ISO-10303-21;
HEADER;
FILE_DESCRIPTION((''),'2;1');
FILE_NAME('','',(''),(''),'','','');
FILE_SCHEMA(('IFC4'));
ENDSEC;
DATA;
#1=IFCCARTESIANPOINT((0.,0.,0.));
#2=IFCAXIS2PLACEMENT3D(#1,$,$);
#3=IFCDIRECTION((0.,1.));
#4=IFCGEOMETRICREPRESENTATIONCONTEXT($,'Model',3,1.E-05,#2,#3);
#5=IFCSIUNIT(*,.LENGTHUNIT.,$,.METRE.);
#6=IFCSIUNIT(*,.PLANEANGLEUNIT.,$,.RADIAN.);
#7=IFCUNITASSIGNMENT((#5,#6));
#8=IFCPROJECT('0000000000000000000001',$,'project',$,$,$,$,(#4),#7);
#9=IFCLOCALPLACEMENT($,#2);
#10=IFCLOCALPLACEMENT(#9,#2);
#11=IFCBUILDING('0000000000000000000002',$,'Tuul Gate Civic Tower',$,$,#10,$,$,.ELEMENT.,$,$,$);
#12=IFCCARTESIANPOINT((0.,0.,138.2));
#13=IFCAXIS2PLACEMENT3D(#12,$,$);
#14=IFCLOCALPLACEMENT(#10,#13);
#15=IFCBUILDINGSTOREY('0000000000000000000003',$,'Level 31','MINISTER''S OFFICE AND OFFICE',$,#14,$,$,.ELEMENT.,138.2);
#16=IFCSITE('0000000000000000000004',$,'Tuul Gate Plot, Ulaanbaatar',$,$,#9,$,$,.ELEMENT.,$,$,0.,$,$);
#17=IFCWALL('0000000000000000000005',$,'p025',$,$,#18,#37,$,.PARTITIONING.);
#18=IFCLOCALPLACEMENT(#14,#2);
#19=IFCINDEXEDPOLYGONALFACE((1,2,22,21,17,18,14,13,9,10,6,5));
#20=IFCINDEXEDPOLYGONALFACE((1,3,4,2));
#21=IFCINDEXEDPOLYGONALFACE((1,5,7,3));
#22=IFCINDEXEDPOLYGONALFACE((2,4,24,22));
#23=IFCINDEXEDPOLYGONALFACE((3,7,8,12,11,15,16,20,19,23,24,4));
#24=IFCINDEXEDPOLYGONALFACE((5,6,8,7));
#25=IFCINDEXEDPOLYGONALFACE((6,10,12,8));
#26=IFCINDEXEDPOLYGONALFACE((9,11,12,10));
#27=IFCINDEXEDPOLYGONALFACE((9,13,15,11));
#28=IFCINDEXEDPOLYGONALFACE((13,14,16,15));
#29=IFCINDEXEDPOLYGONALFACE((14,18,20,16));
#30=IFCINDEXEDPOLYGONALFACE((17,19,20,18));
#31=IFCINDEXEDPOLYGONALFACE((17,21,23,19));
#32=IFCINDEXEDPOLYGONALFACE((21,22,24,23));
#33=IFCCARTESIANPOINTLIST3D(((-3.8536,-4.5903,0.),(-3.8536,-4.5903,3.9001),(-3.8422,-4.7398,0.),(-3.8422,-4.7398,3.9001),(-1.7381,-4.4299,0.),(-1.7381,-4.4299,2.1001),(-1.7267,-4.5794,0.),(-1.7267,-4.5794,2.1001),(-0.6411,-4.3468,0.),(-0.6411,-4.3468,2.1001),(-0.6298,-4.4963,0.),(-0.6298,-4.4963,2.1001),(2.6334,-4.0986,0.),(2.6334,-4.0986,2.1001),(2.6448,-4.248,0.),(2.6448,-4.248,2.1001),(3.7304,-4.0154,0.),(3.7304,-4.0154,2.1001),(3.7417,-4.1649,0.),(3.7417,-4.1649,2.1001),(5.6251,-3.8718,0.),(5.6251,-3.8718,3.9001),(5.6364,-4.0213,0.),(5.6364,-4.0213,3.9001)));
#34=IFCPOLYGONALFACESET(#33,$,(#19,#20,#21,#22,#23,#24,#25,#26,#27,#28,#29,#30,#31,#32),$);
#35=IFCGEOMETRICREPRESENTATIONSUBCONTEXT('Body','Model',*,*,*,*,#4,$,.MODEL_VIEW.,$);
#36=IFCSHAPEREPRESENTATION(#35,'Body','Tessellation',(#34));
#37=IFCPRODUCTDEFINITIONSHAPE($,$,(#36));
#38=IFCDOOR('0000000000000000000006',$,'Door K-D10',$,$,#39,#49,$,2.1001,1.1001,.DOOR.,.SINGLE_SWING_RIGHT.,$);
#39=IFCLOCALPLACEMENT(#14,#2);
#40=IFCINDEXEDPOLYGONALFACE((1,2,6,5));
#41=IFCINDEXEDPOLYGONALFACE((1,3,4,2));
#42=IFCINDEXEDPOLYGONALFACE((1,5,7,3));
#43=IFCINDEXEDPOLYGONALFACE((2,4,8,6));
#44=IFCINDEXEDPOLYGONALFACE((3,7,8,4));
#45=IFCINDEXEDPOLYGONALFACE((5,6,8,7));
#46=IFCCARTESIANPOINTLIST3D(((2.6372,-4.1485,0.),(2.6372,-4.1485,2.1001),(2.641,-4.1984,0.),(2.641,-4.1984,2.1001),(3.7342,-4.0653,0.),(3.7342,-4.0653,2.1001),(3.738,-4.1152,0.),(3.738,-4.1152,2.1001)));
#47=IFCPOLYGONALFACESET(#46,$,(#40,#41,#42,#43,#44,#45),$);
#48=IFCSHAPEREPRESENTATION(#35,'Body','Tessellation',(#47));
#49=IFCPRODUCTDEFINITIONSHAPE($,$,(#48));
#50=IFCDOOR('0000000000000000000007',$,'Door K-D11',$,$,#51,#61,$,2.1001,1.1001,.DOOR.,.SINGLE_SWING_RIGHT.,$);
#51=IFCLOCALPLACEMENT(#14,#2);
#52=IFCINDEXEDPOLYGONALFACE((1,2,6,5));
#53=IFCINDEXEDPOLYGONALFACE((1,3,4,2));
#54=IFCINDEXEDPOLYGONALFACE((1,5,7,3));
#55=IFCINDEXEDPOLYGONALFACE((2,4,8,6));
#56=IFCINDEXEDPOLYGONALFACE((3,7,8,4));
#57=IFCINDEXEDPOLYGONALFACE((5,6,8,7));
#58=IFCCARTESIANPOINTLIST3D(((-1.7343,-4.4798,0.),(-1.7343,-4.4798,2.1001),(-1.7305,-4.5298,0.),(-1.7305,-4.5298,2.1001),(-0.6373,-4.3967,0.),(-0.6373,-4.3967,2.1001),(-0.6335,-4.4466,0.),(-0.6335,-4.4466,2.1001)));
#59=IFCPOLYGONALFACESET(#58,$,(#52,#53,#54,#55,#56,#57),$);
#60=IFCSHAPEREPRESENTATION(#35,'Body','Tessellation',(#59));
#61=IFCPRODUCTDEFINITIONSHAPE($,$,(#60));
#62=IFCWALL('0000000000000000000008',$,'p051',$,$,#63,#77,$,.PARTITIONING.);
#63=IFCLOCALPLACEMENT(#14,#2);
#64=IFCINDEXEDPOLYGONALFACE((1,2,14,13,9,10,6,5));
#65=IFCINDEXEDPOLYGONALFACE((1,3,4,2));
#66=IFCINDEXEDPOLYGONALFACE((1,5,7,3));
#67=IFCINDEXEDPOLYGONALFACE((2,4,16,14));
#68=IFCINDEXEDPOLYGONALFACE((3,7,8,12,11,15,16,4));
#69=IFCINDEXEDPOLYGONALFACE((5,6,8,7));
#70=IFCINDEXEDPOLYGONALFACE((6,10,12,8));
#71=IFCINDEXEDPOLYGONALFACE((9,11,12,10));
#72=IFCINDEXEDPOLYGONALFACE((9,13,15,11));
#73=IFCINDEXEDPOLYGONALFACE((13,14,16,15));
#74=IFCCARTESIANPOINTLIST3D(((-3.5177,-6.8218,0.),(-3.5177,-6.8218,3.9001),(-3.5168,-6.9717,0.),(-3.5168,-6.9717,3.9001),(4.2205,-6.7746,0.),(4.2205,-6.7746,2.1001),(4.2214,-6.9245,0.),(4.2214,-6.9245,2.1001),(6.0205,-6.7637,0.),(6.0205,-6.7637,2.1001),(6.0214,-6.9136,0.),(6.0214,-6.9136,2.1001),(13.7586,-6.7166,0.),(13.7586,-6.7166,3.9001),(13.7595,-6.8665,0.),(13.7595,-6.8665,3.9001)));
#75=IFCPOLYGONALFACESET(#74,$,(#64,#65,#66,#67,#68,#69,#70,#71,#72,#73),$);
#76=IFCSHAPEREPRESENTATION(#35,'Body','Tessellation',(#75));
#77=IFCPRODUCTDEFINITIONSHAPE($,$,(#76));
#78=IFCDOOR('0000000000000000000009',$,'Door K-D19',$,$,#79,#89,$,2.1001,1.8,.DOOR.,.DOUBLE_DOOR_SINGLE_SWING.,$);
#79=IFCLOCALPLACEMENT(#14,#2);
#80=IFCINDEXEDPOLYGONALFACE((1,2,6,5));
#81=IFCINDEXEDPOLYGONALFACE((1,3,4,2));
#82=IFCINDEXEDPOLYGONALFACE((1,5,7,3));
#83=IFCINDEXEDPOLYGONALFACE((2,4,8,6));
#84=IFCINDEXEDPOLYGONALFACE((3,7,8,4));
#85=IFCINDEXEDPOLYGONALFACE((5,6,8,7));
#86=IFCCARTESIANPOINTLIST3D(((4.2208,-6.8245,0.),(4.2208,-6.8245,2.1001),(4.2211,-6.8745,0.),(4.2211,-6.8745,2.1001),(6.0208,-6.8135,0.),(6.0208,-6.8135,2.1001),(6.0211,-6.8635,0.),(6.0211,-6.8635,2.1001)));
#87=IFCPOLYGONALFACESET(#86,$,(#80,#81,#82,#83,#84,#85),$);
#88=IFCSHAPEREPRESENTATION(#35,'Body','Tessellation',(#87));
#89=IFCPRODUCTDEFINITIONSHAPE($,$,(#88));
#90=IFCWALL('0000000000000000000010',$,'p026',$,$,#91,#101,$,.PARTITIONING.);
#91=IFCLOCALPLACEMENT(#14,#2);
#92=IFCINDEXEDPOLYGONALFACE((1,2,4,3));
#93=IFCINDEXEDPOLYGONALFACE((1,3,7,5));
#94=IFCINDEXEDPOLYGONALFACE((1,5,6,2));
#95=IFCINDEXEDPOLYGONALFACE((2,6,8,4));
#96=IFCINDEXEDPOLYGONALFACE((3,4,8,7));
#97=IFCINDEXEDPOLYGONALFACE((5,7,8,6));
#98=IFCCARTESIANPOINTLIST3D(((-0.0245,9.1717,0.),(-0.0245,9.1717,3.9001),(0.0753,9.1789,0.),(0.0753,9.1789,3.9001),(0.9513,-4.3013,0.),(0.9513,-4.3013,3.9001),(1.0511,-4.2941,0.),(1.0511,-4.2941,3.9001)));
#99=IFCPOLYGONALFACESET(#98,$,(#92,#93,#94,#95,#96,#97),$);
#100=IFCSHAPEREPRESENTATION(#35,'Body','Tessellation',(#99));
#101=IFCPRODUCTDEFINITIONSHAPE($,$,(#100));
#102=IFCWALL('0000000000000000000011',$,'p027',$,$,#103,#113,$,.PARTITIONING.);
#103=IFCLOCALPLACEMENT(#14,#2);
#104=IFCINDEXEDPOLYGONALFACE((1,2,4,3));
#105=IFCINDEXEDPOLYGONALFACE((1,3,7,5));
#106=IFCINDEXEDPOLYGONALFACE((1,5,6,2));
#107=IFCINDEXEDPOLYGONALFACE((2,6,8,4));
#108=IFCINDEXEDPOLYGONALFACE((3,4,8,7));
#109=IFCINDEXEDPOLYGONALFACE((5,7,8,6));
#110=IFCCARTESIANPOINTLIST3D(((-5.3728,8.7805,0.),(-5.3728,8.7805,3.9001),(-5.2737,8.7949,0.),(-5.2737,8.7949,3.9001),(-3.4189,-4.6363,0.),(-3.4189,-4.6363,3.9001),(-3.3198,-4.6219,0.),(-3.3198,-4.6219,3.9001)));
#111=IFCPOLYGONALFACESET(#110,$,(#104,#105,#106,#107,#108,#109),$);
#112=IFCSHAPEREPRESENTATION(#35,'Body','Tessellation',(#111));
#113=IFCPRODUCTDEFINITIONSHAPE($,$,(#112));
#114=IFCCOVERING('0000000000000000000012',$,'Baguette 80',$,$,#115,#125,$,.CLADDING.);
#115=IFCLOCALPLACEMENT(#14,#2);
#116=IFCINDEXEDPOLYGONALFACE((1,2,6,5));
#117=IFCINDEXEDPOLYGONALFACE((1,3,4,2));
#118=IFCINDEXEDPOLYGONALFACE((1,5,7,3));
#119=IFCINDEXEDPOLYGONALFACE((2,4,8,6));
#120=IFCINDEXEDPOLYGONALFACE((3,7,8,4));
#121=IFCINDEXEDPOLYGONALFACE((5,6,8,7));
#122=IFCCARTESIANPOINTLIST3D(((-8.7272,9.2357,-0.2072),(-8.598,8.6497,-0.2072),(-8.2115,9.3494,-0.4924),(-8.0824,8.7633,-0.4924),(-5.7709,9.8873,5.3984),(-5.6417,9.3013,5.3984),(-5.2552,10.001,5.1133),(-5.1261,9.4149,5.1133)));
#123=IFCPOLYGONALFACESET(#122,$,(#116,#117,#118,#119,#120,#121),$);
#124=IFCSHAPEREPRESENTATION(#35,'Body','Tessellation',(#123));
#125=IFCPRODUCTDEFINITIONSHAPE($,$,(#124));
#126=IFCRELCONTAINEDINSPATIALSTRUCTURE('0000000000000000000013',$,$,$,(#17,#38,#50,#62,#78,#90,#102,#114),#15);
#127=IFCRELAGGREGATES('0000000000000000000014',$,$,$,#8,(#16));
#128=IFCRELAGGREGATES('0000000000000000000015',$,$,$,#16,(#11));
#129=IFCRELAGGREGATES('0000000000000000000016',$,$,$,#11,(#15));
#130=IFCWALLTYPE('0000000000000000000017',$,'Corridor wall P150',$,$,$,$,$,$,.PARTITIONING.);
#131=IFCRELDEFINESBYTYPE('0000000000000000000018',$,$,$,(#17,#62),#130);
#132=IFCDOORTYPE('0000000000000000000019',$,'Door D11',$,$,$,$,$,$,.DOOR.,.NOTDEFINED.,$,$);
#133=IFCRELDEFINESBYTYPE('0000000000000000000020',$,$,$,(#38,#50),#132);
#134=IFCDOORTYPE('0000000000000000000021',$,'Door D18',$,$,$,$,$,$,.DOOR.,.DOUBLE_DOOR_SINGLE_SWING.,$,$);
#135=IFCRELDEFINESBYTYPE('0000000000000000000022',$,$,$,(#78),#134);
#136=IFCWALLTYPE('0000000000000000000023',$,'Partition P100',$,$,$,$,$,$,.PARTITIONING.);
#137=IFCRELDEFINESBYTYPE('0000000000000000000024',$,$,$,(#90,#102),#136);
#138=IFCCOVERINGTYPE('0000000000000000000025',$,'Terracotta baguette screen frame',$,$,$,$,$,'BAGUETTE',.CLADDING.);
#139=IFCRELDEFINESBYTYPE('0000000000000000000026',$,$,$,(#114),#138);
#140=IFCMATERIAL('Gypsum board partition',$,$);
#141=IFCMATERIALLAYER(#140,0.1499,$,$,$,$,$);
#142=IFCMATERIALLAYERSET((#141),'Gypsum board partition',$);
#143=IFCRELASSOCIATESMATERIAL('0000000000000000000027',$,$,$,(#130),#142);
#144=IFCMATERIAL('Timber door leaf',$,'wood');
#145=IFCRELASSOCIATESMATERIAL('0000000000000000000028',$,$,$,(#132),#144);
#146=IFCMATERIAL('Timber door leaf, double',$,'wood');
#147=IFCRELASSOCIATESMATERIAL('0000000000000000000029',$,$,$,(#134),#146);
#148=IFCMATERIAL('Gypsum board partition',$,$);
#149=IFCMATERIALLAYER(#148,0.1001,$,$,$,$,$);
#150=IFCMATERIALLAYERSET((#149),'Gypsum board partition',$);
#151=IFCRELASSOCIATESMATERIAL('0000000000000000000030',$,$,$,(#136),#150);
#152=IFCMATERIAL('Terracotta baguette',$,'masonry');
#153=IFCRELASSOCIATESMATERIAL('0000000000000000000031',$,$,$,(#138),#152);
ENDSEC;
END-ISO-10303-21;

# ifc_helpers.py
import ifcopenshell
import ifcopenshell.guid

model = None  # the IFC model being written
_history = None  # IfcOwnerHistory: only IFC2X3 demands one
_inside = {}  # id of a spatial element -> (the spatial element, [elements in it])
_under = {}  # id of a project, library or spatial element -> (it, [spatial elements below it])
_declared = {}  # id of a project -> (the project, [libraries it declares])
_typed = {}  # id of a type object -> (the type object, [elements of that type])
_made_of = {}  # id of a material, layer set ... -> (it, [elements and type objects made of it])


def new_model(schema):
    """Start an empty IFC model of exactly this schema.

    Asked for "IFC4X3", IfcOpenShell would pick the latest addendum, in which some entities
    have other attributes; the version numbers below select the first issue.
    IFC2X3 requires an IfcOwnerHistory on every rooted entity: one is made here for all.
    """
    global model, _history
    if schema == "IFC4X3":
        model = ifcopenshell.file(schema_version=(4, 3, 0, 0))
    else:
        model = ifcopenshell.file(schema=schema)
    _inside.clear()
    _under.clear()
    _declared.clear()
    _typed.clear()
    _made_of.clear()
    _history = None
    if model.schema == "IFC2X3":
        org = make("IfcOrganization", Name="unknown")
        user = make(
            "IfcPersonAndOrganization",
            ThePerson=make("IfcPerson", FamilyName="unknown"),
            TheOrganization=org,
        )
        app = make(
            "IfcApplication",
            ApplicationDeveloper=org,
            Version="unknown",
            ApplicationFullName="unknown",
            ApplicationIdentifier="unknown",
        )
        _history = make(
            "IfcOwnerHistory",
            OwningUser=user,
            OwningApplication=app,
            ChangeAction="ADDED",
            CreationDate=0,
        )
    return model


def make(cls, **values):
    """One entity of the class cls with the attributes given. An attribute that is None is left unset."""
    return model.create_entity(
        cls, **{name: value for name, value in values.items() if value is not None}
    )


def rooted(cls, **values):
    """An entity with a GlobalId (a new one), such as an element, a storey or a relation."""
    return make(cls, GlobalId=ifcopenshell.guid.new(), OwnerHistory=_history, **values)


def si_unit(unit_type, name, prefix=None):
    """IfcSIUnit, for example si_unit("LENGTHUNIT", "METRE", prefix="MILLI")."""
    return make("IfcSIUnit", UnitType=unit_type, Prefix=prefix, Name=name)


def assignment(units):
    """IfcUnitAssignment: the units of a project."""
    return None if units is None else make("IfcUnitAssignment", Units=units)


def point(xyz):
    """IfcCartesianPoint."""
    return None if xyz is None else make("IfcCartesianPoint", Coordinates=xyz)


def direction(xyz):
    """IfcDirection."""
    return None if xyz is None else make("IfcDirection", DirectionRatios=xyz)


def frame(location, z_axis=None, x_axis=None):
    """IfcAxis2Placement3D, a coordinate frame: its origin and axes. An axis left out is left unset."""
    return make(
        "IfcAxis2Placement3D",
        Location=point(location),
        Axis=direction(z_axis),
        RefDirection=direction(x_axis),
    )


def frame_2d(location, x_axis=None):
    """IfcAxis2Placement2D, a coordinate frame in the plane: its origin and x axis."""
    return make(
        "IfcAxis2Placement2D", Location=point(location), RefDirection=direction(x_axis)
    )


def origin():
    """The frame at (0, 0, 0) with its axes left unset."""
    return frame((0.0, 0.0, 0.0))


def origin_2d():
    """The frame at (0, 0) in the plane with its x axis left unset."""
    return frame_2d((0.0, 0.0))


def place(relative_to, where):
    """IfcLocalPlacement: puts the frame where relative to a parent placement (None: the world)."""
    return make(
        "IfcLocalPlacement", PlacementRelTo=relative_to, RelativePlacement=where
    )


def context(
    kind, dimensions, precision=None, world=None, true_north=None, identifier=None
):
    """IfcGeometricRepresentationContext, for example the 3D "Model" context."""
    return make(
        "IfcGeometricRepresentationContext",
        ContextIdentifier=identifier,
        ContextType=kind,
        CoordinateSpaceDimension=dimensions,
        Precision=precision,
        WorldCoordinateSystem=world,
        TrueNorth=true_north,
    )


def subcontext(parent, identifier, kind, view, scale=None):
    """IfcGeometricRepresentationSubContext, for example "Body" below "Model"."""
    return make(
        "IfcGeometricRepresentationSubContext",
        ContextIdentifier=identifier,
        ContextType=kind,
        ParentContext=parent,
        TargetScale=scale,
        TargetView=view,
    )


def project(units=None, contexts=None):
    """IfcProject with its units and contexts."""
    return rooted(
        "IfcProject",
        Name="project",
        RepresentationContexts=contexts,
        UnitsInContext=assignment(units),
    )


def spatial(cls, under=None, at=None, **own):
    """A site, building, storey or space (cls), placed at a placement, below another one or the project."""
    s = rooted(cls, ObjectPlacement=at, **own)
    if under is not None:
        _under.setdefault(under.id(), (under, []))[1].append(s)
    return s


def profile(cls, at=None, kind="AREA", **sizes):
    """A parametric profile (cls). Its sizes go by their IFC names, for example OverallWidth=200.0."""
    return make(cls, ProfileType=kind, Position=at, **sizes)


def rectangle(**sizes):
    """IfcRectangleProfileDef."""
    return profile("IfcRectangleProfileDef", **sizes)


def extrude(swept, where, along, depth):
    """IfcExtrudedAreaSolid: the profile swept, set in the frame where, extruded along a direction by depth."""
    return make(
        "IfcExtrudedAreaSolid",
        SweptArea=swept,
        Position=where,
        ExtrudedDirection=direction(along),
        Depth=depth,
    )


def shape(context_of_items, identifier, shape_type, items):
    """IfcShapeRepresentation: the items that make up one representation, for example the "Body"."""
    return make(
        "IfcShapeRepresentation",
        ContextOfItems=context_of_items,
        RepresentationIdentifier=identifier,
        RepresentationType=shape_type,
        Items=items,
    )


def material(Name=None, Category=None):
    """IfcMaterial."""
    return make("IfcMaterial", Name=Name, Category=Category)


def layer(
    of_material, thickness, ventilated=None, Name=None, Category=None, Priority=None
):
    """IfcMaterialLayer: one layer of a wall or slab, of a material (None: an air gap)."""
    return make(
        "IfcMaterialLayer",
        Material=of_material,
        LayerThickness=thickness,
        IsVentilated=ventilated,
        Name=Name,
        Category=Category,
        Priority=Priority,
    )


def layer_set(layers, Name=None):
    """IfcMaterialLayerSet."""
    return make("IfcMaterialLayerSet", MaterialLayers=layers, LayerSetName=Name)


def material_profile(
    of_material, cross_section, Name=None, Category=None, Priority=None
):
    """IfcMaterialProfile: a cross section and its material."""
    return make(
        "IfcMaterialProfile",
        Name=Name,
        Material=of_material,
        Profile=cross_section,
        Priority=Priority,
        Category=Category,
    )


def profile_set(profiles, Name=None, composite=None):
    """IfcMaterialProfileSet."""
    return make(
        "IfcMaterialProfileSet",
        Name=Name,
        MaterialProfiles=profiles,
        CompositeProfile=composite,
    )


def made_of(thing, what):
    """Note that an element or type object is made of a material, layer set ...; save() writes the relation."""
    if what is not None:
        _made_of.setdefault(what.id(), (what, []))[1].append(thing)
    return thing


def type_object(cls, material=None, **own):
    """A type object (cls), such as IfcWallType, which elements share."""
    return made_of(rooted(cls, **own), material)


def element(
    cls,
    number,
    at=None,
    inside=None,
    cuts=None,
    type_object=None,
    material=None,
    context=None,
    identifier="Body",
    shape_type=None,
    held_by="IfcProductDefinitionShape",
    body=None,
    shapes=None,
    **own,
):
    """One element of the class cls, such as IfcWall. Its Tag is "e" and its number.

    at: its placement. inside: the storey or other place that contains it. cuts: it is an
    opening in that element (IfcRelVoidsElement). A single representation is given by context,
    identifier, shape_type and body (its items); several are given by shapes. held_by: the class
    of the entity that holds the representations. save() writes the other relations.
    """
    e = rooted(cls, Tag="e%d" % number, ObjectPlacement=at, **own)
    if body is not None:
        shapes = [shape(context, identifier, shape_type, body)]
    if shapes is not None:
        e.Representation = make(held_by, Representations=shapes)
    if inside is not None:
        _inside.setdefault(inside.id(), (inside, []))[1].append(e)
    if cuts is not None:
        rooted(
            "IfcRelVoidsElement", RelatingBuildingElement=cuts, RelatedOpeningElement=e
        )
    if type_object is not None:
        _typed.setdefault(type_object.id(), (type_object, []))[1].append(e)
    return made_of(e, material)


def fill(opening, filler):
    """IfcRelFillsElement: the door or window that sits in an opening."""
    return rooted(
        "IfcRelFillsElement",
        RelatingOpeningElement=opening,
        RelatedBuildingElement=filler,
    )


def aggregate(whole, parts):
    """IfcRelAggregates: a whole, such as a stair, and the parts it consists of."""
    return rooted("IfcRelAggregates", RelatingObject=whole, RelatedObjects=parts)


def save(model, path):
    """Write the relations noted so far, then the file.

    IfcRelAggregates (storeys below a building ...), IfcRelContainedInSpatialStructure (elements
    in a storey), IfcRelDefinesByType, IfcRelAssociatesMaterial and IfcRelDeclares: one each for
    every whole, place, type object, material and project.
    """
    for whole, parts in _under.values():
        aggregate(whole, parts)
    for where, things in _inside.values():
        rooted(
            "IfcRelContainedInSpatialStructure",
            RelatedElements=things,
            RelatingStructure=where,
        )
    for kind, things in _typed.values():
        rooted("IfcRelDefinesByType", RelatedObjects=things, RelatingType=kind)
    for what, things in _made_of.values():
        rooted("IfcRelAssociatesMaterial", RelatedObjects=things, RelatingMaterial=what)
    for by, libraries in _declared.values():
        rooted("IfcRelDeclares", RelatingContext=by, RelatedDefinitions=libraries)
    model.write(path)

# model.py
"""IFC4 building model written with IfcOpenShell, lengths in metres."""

from ifc_helpers import new_model, si_unit, direction, frame, frame_2d, origin, origin_2d, place, context, subcontext, project, spatial, rectangle, extrude, material, layer, layer_set, material_profile, profile_set, type_object, element, fill, save


model = new_model("IFC4")

# Units and contexts
model_context = context("Model", 3, precision=1e-05, world=origin(), true_north=direction((0.0, 1.0)))
body_context = subcontext(model_context, "Body", "Model", "MODEL_VIEW")
ifc_project = project(units=[si_unit("LENGTHUNIT", "METRE"), si_unit("PLANEANGLEUNIT", "RADIAN")], contexts=[model_context])

# Site, building, storey
site_placement = place(None, origin())
site = spatial("IfcSite", under=ifc_project, at=site_placement, Name="Tuul Gate Plot, Ulaanbaatar", CompositionType="ELEMENT", RefElevation=0.0)
building_placement = place(site_placement, origin())
building = spatial("IfcBuilding", under=site, at=building_placement, Name="Tuul Gate Civic Tower", CompositionType="ELEMENT")
storey_placement = place(building_placement, frame((0.0, 0.0, 138.2)))
storey = spatial("IfcBuildingStorey", under=building, at=storey_placement, Name="Level 31", Description="MINISTER'S OFFICE AND OFFICE", CompositionType="ELEMENT", Elevation=138.2)

# Wall, openings, doors
ifc_material_1 = material(Name="Gypsum board partition")
ifc_layer_1 = layer(ifc_material_1, 0.1499)
ifc_layer_set_1 = layer_set([ifc_layer_1], Name="Gypsum board partition")
wall_type_1 = type_object("IfcWallType", Name="Corridor wall P150", PredefinedType="PARTITIONING", material=ifc_layer_set_1)
wall_1_placement = place(storey_placement, frame((-3.8479, -4.665, 0.0), z_axis=(0.0, 0.0, 1.0), x_axis=(0.997139, 0.075585, 0.0)))
wall_1 = element("IfcWall", 1, at=wall_1_placement, inside=storey, type_object=wall_type_1, Name="p025", PredefinedType="PARTITIONING", context=body_context, shape_type="SweptSolid", body=[
    extrude(rectangle(XDim=9.5059, YDim=0.1499, at=frame_2d((4.7529, 0.0))), origin(), (0.0, 0.0, 1.0), 3.9001),
])
opening_1_placement = place(wall_1_placement, frame((6.5056, 0.0, 0.0)))
opening_1 = element("IfcOpeningElement", 2, at=opening_1_placement, cuts=wall_1, PredefinedType="OPENING", context=body_context, shape_type="SweptSolid", body=[
    extrude(rectangle(XDim=1.1001, YDim=2.1001, at=frame_2d((0.55, 1.05))), frame((0.0, 0.085, 0.0), z_axis=(0.0, -1.0, 0.0), x_axis=(1.0, 0.0, 0.0)), (0.0, 0.0, 1.0), 0.1699),
])
opening_2_placement = place(wall_1_placement, frame((2.1216, 0.0, 0.0)))
opening_2 = element("IfcOpeningElement", 3, at=opening_2_placement, cuts=wall_1, PredefinedType="OPENING", context=body_context, shape_type="SweptSolid", body=[
    extrude(rectangle(XDim=1.1001, YDim=2.1001, at=frame_2d((0.55, 1.05))), frame((0.0, 0.085, 0.0), z_axis=(0.0, -1.0, 0.0), x_axis=(1.0, 0.0, 0.0)), (0.0, 0.0, 1.0), 0.1699),
])
ifc_material_2 = material(Name="Timber door leaf", Category="wood")
door_type_1 = type_object("IfcDoorType", Name="Door D11", OperationType="NOTDEFINED", PredefinedType="DOOR", material=ifc_material_2)
door_1_placement = place(opening_1_placement, origin())
door_1 = element("IfcDoor", 4, at=door_1_placement, inside=storey, type_object=door_type_1, Name="Door K-D10", OperationType="SINGLE_SWING_RIGHT", OverallHeight=2.1001, OverallWidth=1.1001, PredefinedType="DOOR", context=body_context, shape_type="SweptSolid", body=[
    extrude(rectangle(XDim=1.1001, YDim=2.1001, at=frame_2d((0.55, 1.05))), frame((0.0, 0.0249, 0.0), z_axis=(0.0, -1.0, 0.0), x_axis=(1.0, 0.0, 0.0)), (0.0, 0.0, 1.0), 0.05),
])
fill(opening_1, door_1)
door_2_placement = place(opening_2_placement, origin())
door_2 = element("IfcDoor", 5, at=door_2_placement, inside=storey, type_object=door_type_1, Name="Door K-D11", OperationType="SINGLE_SWING_RIGHT", OverallHeight=2.1001, OverallWidth=1.1001, PredefinedType="DOOR", context=body_context, shape_type="SweptSolid", body=[
    extrude(rectangle(XDim=1.1001, YDim=2.1001, at=frame_2d((0.55, 1.05))), frame((0.0, 0.0249, 0.0), z_axis=(0.0, -1.0, 0.0), x_axis=(1.0, 0.0, 0.0)), (0.0, 0.0, 1.0), 0.05),
])
fill(opening_2, door_2)

# Wall, opening, door
wall_2_placement = place(storey_placement, frame((-3.5171, -6.8967, 0.0), z_axis=(0.0, 0.0, 1.0), x_axis=(0.999981, 0.006091, 0.0)))
wall_2 = element("IfcWall", 6, at=wall_2_placement, inside=storey, type_object=wall_type_1, Name="p051", PredefinedType="PARTITIONING", context=body_context, shape_type="SweptSolid", body=[
    extrude(rectangle(XDim=17.2766, YDim=0.1499, at=frame_2d((8.6382, 0.0))), origin(), (0.0, 0.0, 1.0), 3.9001),
])
opening_3_placement = place(wall_2_placement, frame((7.7383, 0.0, 0.0)))
opening_3 = element("IfcOpeningElement", 7, at=opening_3_placement, cuts=wall_2, PredefinedType="OPENING", context=body_context, shape_type="SweptSolid", body=[
    extrude(rectangle(XDim=1.8, YDim=2.1001, at=frame_2d((0.8999, 1.05))), frame((0.0, 0.085, 0.0), z_axis=(0.0, -1.0, 0.0), x_axis=(1.0, 0.0, 0.0)), (0.0, 0.0, 1.0), 0.1699),
])
ifc_material_3 = material(Name="Timber door leaf, double", Category="wood")
door_type_2 = type_object("IfcDoorType", Name="Door D18", OperationType="DOUBLE_DOOR_SINGLE_SWING", PredefinedType="DOOR", material=ifc_material_3)
door_3_placement = place(opening_3_placement, frame((1.8, 0.0, 0.0), z_axis=(0.0, 0.0, 1.0), x_axis=(-1.0, 0.0, 0.0)))
door_3 = element("IfcDoor", 8, at=door_3_placement, inside=storey, type_object=door_type_2, Name="Door K-D19", OperationType="DOUBLE_DOOR_SINGLE_SWING", OverallHeight=2.1001, OverallWidth=1.8, PredefinedType="DOOR", context=body_context, shape_type="SweptSolid", body=[
    extrude(rectangle(XDim=1.8, YDim=2.1001, at=frame_2d((0.9001, 1.05))), frame((0.0, 0.0249, 0.0), z_axis=(0.0, -1.0, 0.0), x_axis=(1.0, 0.0, 0.0)), (0.0, 0.0, 1.0), 0.05),
])
fill(opening_3, door_3)

# Walls
ifc_material_4 = material(Name="Gypsum board partition")
ifc_layer_2 = layer(ifc_material_4, 0.1001)
ifc_layer_set_2 = layer_set([ifc_layer_2], Name="Gypsum board partition")
wall_type_2 = type_object("IfcWallType", Name="Partition P100", PredefinedType="PARTITIONING", material=ifc_layer_set_2)
wall_3_placement = place(storey_placement, frame((0.0254, 9.1753, 0.0), z_axis=(0.0, 0.0, 1.0), x_axis=(0.07224, -0.997387, 0.0)))
element("IfcWall", 9, at=wall_3_placement, inside=storey, type_object=wall_type_2, Name="p026", PredefinedType="PARTITIONING", context=body_context, shape_type="SweptSolid", body=[
    extrude(rectangle(XDim=13.5083, YDim=0.1001, at=frame_2d((6.7542, 0.0))), origin(), (0.0, 0.0, 1.0), 3.9001),
])
wall_4_placement = place(storey_placement, frame((-5.3232, 8.7878, 0.0), z_axis=(0.0, 0.0, 1.0), x_axis=(0.144108, -0.989562, 0.0)))
element("IfcWall", 10, at=wall_4_placement, inside=storey, type_object=wall_type_2, Name="p027", PredefinedType="PARTITIONING", context=body_context, shape_type="SweptSolid", body=[
    extrude(rectangle(XDim=13.5583, YDim=0.1001, at=frame_2d((6.7793, 0.0))), origin(), (0.0, 0.0, 1.0), 3.9001),
])

# Covering
ifc_material_5 = material(Name="Terracotta baguette", Category="masonry")
ifc_material_profile_1 = material_profile(ifc_material_5, rectangle(XDim=0.6001, YDim=0.6001, at=origin_2d()), Name="Terracotta baguette screen frame")
ifc_profile_set_1 = profile_set([ifc_material_profile_1], Name="Terracotta baguette")
covering_type = type_object("IfcCoveringType", Name="Terracotta baguette screen frame", ElementType="BAGUETTE", PredefinedType="CLADDING", material=ifc_profile_set_1)
covering_placement = place(storey_placement, frame((-5.4485, 9.6511, 5.2559), z_axis=(-0.464032, -0.102279, -0.879894), x_axis=(0.215248, -0.976559, 0.0)))
element("IfcCovering", 11, at=covering_placement, inside=storey, type_object=covering_type, Name="Baguette 80", PredefinedType="CLADDING", context=body_context, shape_type="SweptSolid", body=[
    extrude(rectangle(XDim=0.6001, YDim=0.6001, at=origin_2d()), origin(), (0.0, 0.0, 1.0), 6.3708),
])

save(model, "model.ifc")
